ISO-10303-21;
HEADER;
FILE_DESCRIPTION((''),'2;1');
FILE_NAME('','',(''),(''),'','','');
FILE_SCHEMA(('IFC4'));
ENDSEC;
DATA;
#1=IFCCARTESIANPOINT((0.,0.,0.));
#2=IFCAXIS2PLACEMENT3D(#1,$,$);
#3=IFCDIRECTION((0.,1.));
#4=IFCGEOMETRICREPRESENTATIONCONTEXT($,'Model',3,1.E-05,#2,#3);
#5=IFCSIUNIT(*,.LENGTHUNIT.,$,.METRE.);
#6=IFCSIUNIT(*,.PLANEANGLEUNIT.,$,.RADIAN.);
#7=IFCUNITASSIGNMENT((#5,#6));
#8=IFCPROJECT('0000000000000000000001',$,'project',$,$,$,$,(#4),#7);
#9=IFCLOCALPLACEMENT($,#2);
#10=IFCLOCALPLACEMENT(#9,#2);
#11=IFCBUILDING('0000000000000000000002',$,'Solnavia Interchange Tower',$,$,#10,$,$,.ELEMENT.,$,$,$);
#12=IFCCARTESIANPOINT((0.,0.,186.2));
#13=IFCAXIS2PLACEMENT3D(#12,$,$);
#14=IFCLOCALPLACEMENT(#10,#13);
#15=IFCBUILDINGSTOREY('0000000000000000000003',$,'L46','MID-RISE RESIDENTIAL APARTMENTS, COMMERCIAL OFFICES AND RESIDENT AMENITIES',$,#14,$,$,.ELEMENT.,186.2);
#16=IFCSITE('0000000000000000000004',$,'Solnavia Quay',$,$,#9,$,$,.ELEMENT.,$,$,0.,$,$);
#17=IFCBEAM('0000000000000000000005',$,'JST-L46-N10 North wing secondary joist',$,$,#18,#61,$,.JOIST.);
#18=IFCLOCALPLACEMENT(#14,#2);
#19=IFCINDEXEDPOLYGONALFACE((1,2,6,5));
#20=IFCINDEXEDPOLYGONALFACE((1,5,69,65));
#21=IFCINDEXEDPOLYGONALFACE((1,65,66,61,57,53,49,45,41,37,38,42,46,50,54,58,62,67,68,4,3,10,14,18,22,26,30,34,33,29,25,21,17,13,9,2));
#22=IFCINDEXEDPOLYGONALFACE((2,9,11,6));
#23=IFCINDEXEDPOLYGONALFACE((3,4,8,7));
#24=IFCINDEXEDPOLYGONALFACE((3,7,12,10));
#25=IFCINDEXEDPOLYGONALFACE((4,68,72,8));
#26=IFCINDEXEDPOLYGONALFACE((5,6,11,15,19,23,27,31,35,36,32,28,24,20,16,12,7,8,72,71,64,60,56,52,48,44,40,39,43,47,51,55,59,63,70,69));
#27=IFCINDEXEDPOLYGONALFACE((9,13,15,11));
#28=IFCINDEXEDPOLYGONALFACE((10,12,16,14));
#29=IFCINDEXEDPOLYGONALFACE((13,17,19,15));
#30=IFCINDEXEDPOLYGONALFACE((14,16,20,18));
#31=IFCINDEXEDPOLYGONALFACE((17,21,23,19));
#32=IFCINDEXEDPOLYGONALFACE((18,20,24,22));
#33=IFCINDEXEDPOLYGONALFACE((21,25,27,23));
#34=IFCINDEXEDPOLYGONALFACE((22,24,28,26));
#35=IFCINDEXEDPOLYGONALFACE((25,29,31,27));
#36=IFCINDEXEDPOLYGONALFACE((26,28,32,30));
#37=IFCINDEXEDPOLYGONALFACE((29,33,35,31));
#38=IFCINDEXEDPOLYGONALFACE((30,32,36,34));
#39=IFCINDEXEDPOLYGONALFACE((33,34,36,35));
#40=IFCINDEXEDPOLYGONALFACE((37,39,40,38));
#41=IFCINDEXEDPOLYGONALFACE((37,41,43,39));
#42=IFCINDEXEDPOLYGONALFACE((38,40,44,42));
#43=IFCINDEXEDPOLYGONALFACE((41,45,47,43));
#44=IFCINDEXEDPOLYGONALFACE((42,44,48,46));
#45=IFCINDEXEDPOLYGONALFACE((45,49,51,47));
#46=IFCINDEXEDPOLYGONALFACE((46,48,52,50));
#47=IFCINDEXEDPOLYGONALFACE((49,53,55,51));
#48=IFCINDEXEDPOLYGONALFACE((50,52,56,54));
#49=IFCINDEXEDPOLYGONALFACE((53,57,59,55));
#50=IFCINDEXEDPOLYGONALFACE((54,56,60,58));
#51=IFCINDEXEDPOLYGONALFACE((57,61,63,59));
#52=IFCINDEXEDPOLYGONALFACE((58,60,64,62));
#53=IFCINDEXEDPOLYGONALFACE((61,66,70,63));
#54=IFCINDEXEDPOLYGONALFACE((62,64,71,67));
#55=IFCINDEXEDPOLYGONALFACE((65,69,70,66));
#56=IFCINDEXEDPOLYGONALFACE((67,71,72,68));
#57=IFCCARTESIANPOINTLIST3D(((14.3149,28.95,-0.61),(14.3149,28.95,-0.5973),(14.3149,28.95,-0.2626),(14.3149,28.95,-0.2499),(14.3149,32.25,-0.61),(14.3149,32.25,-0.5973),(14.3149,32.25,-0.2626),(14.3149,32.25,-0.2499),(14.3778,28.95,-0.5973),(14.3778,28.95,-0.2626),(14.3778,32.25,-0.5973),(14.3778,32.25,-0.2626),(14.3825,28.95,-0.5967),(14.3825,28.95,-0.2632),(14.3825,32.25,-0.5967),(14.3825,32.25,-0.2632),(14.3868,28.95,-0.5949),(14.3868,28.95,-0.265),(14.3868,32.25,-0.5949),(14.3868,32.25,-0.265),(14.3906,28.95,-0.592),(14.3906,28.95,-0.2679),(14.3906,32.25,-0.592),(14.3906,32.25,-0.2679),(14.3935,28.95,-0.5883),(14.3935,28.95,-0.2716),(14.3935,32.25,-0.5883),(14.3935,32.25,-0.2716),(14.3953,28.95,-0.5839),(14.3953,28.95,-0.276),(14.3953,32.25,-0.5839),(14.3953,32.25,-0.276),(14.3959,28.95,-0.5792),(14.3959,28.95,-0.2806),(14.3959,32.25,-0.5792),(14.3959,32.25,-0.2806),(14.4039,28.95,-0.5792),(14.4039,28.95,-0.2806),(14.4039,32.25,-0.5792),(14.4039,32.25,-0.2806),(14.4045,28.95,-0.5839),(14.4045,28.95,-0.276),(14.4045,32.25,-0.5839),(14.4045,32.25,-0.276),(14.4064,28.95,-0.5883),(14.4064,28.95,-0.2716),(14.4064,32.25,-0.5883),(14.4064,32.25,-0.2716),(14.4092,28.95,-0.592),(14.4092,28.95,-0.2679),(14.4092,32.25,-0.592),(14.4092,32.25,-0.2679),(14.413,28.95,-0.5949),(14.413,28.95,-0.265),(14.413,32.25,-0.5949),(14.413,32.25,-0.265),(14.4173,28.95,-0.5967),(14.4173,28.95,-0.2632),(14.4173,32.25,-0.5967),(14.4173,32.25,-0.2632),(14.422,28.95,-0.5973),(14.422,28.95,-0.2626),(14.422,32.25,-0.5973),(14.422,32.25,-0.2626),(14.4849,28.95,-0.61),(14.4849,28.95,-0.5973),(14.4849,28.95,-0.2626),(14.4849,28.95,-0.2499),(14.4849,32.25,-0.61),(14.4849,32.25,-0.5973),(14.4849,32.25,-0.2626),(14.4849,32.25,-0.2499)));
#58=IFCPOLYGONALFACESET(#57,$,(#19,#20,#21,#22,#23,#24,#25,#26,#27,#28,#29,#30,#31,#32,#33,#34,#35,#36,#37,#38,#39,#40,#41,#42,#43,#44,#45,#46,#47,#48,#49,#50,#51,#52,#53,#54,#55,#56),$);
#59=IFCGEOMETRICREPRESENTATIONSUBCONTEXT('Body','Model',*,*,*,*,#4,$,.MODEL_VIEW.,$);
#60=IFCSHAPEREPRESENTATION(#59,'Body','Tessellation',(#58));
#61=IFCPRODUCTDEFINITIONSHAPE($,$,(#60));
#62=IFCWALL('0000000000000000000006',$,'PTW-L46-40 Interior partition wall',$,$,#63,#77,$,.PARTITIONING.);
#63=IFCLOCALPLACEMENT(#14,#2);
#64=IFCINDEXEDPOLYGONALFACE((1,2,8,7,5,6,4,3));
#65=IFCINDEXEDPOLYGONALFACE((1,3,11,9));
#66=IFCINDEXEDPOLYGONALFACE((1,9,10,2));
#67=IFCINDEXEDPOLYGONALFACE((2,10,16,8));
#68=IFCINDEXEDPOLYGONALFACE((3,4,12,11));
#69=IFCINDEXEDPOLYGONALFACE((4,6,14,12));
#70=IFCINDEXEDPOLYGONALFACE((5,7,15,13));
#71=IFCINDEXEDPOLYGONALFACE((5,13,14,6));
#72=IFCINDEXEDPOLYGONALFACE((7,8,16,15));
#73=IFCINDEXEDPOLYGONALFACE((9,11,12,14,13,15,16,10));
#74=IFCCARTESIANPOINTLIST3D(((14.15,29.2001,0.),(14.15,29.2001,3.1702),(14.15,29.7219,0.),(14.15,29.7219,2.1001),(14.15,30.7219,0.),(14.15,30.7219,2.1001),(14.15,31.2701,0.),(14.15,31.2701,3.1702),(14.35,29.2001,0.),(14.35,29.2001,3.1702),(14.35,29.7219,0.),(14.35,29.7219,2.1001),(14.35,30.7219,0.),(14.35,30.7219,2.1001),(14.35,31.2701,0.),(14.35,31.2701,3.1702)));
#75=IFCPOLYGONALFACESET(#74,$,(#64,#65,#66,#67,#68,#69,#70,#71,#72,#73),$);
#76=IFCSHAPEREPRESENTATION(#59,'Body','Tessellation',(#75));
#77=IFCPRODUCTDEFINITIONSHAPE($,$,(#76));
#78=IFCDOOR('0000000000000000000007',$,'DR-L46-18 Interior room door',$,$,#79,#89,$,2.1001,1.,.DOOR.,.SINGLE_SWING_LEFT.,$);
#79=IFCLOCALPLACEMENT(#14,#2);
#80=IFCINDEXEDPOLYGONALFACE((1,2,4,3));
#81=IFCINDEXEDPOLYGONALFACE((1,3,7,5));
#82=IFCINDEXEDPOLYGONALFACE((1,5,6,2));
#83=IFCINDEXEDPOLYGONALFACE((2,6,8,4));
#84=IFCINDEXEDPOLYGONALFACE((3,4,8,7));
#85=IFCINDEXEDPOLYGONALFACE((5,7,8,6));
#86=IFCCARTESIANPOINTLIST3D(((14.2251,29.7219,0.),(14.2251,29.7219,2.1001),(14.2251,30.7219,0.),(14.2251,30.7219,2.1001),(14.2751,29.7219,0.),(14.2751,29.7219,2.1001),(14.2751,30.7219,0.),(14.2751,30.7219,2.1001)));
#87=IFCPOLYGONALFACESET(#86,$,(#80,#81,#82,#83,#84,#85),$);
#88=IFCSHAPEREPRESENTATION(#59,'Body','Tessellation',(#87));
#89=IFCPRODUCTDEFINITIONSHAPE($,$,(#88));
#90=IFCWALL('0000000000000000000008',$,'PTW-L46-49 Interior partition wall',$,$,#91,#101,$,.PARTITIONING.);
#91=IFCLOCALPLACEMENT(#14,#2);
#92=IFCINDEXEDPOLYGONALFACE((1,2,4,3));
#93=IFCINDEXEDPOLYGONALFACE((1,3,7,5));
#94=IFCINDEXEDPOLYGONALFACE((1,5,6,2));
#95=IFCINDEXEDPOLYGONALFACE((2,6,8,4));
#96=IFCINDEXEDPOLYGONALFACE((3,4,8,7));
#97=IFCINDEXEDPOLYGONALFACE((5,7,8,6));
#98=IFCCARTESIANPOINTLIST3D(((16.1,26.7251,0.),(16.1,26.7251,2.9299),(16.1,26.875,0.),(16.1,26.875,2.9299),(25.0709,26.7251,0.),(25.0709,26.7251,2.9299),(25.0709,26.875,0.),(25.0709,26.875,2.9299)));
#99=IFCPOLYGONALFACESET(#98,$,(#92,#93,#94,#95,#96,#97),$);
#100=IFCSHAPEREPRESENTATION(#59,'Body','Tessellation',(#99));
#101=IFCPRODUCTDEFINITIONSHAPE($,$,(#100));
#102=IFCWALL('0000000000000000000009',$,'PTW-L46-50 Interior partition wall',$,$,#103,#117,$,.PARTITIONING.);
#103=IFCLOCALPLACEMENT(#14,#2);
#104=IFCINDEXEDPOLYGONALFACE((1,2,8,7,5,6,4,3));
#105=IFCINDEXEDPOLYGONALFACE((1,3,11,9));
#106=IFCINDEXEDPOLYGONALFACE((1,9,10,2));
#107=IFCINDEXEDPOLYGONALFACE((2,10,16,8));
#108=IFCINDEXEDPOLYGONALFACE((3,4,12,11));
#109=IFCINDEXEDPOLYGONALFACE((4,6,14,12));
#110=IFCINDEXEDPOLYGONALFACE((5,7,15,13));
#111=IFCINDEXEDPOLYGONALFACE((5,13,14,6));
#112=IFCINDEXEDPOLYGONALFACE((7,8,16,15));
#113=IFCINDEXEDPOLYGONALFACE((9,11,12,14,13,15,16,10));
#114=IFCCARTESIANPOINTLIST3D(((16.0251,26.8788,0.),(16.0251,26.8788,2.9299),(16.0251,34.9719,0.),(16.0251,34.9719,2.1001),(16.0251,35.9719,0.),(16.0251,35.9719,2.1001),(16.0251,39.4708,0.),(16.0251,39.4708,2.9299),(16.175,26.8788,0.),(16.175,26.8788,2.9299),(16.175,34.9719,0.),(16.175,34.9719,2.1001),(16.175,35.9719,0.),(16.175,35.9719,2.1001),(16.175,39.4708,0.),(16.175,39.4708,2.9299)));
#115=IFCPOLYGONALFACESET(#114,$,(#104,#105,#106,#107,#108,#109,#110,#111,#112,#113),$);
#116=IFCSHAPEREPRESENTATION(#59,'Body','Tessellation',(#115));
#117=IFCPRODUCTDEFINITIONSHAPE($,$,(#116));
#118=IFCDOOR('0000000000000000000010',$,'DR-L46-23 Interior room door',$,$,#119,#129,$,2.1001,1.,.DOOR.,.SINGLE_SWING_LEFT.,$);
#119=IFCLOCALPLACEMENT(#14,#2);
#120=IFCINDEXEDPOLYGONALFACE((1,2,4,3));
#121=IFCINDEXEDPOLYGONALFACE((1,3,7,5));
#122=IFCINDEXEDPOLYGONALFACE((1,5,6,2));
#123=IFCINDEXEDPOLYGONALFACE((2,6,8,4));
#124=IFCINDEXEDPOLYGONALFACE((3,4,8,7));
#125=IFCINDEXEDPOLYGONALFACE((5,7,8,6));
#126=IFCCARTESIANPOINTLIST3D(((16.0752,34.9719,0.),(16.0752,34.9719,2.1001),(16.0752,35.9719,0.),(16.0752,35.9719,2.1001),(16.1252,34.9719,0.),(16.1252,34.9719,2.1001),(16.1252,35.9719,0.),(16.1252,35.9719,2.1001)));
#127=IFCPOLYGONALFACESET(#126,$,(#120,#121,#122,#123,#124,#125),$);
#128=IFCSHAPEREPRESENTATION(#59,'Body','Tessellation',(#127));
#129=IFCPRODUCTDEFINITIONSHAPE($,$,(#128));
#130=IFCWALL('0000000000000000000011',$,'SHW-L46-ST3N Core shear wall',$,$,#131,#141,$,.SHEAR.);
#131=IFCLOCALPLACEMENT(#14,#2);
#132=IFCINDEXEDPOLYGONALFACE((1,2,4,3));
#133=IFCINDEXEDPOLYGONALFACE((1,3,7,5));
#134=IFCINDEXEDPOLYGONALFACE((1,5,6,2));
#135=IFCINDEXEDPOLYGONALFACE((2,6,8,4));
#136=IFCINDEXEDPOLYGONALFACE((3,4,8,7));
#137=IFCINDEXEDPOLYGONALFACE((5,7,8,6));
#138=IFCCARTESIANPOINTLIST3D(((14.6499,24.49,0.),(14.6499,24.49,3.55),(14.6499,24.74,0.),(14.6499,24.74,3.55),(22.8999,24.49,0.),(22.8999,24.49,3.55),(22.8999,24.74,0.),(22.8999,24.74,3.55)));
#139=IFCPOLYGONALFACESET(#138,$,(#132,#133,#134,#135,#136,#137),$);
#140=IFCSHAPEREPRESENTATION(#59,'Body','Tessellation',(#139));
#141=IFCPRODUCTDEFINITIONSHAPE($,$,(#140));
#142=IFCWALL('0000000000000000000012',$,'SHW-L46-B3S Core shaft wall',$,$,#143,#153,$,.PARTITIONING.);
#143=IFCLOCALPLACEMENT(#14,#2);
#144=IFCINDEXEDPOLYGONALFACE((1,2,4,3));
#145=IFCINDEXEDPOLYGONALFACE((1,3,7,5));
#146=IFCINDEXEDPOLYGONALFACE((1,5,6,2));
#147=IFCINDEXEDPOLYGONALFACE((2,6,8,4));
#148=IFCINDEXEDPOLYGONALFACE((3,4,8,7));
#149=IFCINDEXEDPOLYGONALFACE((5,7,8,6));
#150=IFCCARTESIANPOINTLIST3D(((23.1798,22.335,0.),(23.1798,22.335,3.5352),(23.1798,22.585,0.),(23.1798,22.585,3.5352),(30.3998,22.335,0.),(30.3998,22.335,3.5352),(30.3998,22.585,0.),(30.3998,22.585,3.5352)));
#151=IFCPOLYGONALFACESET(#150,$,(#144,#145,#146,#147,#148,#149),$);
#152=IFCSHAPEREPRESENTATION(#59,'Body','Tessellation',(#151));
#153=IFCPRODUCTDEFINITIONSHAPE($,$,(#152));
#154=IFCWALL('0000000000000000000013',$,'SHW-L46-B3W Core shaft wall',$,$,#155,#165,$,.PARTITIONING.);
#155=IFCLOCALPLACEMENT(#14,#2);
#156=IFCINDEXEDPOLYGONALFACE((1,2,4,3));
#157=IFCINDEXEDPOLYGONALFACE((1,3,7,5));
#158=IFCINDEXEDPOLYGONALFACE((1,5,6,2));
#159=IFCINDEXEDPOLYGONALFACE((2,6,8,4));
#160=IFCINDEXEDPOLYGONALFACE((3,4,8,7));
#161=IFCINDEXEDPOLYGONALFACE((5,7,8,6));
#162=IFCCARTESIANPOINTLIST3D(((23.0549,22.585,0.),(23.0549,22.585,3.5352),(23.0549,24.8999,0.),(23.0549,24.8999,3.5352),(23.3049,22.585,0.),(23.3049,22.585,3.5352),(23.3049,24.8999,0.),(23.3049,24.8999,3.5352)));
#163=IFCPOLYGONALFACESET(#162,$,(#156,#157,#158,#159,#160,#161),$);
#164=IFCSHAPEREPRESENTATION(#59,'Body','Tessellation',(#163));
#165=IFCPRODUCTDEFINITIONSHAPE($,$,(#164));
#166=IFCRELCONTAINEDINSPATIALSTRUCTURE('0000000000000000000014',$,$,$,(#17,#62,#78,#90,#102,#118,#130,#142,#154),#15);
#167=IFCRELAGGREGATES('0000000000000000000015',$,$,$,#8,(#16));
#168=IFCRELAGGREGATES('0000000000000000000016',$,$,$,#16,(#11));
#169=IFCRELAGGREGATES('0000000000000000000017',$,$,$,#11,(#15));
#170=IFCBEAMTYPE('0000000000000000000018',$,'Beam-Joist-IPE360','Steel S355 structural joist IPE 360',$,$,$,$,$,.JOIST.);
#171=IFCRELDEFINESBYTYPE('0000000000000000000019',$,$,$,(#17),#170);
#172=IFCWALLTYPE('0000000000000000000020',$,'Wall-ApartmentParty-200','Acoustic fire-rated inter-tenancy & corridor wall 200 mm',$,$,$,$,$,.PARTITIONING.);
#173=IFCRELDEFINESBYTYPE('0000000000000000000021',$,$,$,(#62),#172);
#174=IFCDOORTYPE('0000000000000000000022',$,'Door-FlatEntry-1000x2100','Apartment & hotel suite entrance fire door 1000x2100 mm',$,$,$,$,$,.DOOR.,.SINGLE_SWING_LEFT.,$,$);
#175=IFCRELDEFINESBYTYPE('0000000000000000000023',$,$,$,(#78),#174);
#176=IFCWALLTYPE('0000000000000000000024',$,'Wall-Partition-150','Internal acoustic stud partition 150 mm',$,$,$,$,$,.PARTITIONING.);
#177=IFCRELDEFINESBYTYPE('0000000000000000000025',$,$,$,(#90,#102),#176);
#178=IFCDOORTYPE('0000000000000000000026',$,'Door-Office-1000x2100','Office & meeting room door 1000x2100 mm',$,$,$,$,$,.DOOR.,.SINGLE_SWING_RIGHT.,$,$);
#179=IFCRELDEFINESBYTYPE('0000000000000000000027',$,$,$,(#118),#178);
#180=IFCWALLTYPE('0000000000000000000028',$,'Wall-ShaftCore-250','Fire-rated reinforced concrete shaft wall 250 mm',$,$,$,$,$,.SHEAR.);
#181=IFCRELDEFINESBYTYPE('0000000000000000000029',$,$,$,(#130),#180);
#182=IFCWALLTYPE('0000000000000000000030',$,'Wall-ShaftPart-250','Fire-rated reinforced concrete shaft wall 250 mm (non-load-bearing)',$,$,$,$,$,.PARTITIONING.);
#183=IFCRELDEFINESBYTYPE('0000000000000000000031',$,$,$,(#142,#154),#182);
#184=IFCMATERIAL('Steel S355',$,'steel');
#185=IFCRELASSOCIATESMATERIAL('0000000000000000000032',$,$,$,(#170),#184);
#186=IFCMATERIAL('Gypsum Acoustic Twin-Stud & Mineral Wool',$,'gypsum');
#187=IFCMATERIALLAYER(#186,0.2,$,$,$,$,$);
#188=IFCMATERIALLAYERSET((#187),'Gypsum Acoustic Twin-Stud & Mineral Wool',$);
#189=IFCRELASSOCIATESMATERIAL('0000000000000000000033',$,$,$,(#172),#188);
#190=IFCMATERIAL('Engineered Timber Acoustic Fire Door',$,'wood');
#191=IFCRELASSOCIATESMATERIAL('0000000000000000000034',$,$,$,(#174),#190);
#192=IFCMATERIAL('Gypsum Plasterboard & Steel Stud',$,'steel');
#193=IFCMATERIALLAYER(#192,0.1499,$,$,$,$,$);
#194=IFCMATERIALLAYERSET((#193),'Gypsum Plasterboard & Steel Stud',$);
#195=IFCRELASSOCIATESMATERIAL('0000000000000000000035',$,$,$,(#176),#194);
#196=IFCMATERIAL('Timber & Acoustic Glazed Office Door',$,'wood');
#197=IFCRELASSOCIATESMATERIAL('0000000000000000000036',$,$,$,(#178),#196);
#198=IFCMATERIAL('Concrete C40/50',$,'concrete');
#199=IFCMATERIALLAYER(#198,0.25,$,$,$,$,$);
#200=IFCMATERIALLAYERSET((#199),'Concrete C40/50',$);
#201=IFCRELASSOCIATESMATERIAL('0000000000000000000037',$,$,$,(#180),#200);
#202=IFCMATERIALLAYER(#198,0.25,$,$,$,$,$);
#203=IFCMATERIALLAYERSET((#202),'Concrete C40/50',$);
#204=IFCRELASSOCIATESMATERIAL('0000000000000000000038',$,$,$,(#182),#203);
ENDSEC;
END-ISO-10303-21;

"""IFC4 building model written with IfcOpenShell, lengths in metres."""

from ifc_helpers import new_model, si_unit, direction, frame, frame_2d, origin, origin_2d, place, context, subcontext, project, spatial, rectangle, i_section, extrude, material, layer, layer_set, material_profile, profile_set, type_object, element, fill, save


model = new_model("IFC4")

# Units and contexts
model_context = context("Model", 3, precision=1e-05, world=origin(), true_north=direction((0.0, 1.0)))
body_context = subcontext(model_context, "Body", "Model", "MODEL_VIEW")
ifc_project = project(units=[si_unit("LENGTHUNIT", "METRE"), si_unit("PLANEANGLEUNIT", "RADIAN")], contexts=[model_context])

# Site, building, storey
site_placement = place(None, origin())
site = spatial("IfcSite", under=ifc_project, at=site_placement, Name="Solnavia Quay", CompositionType="ELEMENT", RefElevation=0.0)
building_placement = place(site_placement, origin())
building = spatial("IfcBuilding", under=site, at=building_placement, Name="Solnavia Interchange Tower", CompositionType="ELEMENT")
storey_placement = place(building_placement, frame((0.0, 0.0, 186.2)))
storey = spatial("IfcBuildingStorey", under=building, at=storey_placement, Name="L46", Description="MID-RISE RESIDENTIAL APARTMENTS, COMMERCIAL OFFICES AND RESIDENT AMENITIES", CompositionType="ELEMENT", Elevation=186.2)

# Shared definitions
ifc_material_1 = material(Name="Steel S355", Category="steel")

# Beam
ifc_material_profile_1 = material_profile(ifc_material_1, i_section(OverallWidth=0.1699, OverallDepth=0.3601, WebThickness=0.0081, FlangeThickness=0.0127, FilletRadius=0.0181, at=origin_2d()), Name="IPE 360")
ifc_profile_set_1 = profile_set([ifc_material_profile_1], Name="Steel S355")
beam_type_1 = type_object("IfcBeamType", Name="Beam-Joist-IPE360", Description="Steel S355 structural joist IPE 360", PredefinedType="JOIST", material=ifc_profile_set_1)
beam_1_placement = place(storey_placement, frame((14.3999, 28.95, -0.4299), z_axis=(0.0, 1.0, 0.0), x_axis=(-1.0, 0.0, 0.0)))
element("IfcBeam", 1, at=beam_1_placement, inside=storey, type_object=beam_type_1, Name="JST-L46-N10 North wing secondary joist", PredefinedType="JOIST", context=body_context, shape_type="SweptSolid", body=[
    extrude(i_section(OverallWidth=0.1699, OverallDepth=0.3601, WebThickness=0.0081, FlangeThickness=0.0127, FilletRadius=0.0181, at=origin_2d()), origin(), (0.0, 0.0, 1.0), 3.3),
])

# Wall, opening, door
ifc_material_2 = material(Name="Gypsum Acoustic Twin-Stud & Mineral Wool", Category="gypsum")
ifc_layer_1 = layer(ifc_material_2, 0.2)
ifc_layer_set_1 = layer_set([ifc_layer_1], Name="Gypsum Acoustic Twin-Stud & Mineral Wool")
wall_type_1 = type_object("IfcWallType", Name="Wall-ApartmentParty-200", Description="Acoustic fire-rated inter-tenancy & corridor wall 200 mm", PredefinedType="PARTITIONING", material=ifc_layer_set_1)
wall_1_placement = place(storey_placement, frame((14.25, 29.2, 0.0), z_axis=(0.0, 0.0, 1.0), x_axis=(0.0, 1.0, 0.0)))
wall_1 = element("IfcWall", 2, at=wall_1_placement, inside=storey, type_object=wall_type_1, Name="PTW-L46-40 Interior partition wall", PredefinedType="PARTITIONING", context=body_context, shape_type="SweptSolid", body=[
    extrude(rectangle(XDim=2.0701, YDim=0.2, at=frame_2d((1.0352, 0.0))), origin(), (0.0, 0.0, 1.0), 3.1702),
])
opening_1_placement = place(wall_1_placement, frame((0.522, 0.0, 0.0)))
opening_1 = element("IfcOpeningElement", 3, at=opening_1_placement, cuts=wall_1, PredefinedType="OPENING", context=body_context, shape_type="SweptSolid", body=[
    extrude(rectangle(XDim=1.0, YDim=2.1001, at=frame_2d((0.5, 1.05))), frame((0.0, 0.1099, 0.0), z_axis=(0.0, -1.0, 0.0), x_axis=(1.0, 0.0, 0.0)), (0.0, 0.0, 1.0), 0.22),
])
ifc_material_3 = material(Name="Engineered Timber Acoustic Fire Door", Category="wood")
door_type_1 = type_object("IfcDoorType", Name="Door-FlatEntry-1000x2100", Description="Apartment & hotel suite entrance fire door 1000x2100 mm", OperationType="SINGLE_SWING_LEFT", PredefinedType="DOOR", material=ifc_material_3)
door_1_placement = place(opening_1_placement, origin())
door_1 = element("IfcDoor", 4, at=door_1_placement, inside=storey, type_object=door_type_1, Name="DR-L46-18 Interior room door", OperationType="SINGLE_SWING_LEFT", OverallHeight=2.1001, OverallWidth=1.0, PredefinedType="DOOR", context=body_context, shape_type="SweptSolid", body=[
    extrude(rectangle(XDim=1.0, YDim=2.1001, at=frame_2d((0.5, 1.05))), frame((0.0, 0.0249, 0.0), z_axis=(0.0, -1.0, 0.0), x_axis=(1.0, 0.0, 0.0)), (0.0, 0.0, 1.0), 0.05),
])
fill(opening_1, door_1)

# Wall
ifc_material_4 = material(Name="Gypsum Plasterboard & Steel Stud", Category="steel")
ifc_layer_2 = layer(ifc_material_4, 0.1499)
ifc_layer_set_2 = layer_set([ifc_layer_2], Name="Gypsum Plasterboard & Steel Stud")
wall_type_2 = type_object("IfcWallType", Name="Wall-Partition-150", Description="Internal acoustic stud partition 150 mm", PredefinedType="PARTITIONING", material=ifc_layer_set_2)
wall_2_placement = place(storey_placement, frame((16.1001, 26.8, 0.0), z_axis=(0.0, 0.0, 1.0), x_axis=(1.0, 0.0, 0.0)))
element("IfcWall", 5, at=wall_2_placement, inside=storey, type_object=wall_type_2, Name="PTW-L46-49 Interior partition wall", PredefinedType="PARTITIONING", context=body_context, shape_type="SweptSolid", body=[
    extrude(rectangle(XDim=8.9709, YDim=0.1499, at=frame_2d((4.4854, 0.0))), origin(), (0.0, 0.0, 1.0), 2.9299),
])

# Wall, opening, door
wall_3_placement = place(storey_placement, frame((16.1001, 26.8789, 0.0), z_axis=(0.0, 0.0, 1.0), x_axis=(0.0, 1.0, 0.0)))
wall_3 = element("IfcWall", 6, at=wall_3_placement, inside=storey, type_object=wall_type_2, Name="PTW-L46-50 Interior partition wall", PredefinedType="PARTITIONING", context=body_context, shape_type="SweptSolid", body=[
    extrude(rectangle(XDim=12.592, YDim=0.1499, at=frame_2d((6.2959, 0.0))), origin(), (0.0, 0.0, 1.0), 2.9299),
])
opening_2_placement = place(wall_3_placement, frame((8.093, 0.0, 0.0)))
opening_2 = element("IfcOpeningElement", 7, at=opening_2_placement, cuts=wall_3, PredefinedType="OPENING", context=body_context, shape_type="SweptSolid", body=[
    extrude(rectangle(XDim=1.0, YDim=2.1001, at=frame_2d((0.5, 1.05))), frame((0.0, 0.085, 0.0), z_axis=(0.0, -1.0, 0.0), x_axis=(1.0, 0.0, 0.0)), (0.0, 0.0, 1.0), 0.1699),
])
ifc_material_5 = material(Name="Timber & Acoustic Glazed Office Door", Category="wood")
door_type_2 = type_object("IfcDoorType", Name="Door-Office-1000x2100", Description="Office & meeting room door 1000x2100 mm", OperationType="SINGLE_SWING_RIGHT", PredefinedType="DOOR", material=ifc_material_5)
door_2_placement = place(opening_2_placement, origin())
door_2 = element("IfcDoor", 8, at=door_2_placement, inside=storey, type_object=door_type_2, Name="DR-L46-23 Interior room door", OperationType="SINGLE_SWING_LEFT", OverallHeight=2.1001, OverallWidth=1.0, PredefinedType="DOOR", context=body_context, shape_type="SweptSolid", body=[
    extrude(rectangle(XDim=1.0, YDim=2.1001, at=frame_2d((0.5, 1.05))), frame((0.0, 0.0249, 0.0), z_axis=(0.0, -1.0, 0.0), x_axis=(1.0, 0.0, 0.0)), (0.0, 0.0, 1.0), 0.05),
])
fill(opening_2, door_2)

# Walls
ifc_material_6 = material(Name="Concrete C40/50", Category="concrete")
ifc_layer_3 = layer(ifc_material_6, 0.25)
ifc_layer_set_3 = layer_set([ifc_layer_3], Name="Concrete C40/50")
wall_type_3 = type_object("IfcWallType", Name="Wall-ShaftCore-250", Description="Fire-rated reinforced concrete shaft wall 250 mm", PredefinedType="SHEAR", material=ifc_layer_set_3)
wall_4_placement = place(storey_placement, frame((14.6499, 24.615, 0.0), z_axis=(0.0, 0.0, 1.0), x_axis=(1.0, 0.0, 0.0)))
element("IfcWall", 9, at=wall_4_placement, inside=storey, type_object=wall_type_3, Name="SHW-L46-ST3N Core shear wall", PredefinedType="SHEAR", context=body_context, shape_type="SweptSolid", body=[
    extrude(rectangle(XDim=8.25, YDim=0.25, at=frame_2d((4.125, 0.0))), origin(), (0.0, 0.0, 1.0), 3.55),
])
ifc_layer_4 = layer(ifc_material_6, 0.25)
ifc_layer_set_4 = layer_set([ifc_layer_4], Name="Concrete C40/50")
wall_type_4 = type_object("IfcWallType", Name="Wall-ShaftPart-250", Description="Fire-rated reinforced concrete shaft wall 250 mm (non-load-bearing)", PredefinedType="PARTITIONING", material=ifc_layer_set_4)
wall_5_placement = place(storey_placement, frame((23.1799, 22.46, 0.0), z_axis=(0.0, 0.0, 1.0), x_axis=(1.0, 0.0, 0.0)))
element("IfcWall", 10, at=wall_5_placement, inside=storey, type_object=wall_type_4, Name="SHW-L46-B3S Core shaft wall", PredefinedType="PARTITIONING", context=body_context, shape_type="SweptSolid", body=[
    extrude(rectangle(XDim=7.22, YDim=0.25, at=frame_2d((3.6099, 0.0))), origin(), (0.0, 0.0, 1.0), 3.5352),
])
wall_6_placement = place(storey_placement, frame((23.1799, 22.585, 0.0), z_axis=(0.0, 0.0, 1.0), x_axis=(0.0, 1.0, 0.0)))
element("IfcWall", 11, at=wall_6_placement, inside=storey, type_object=wall_type_4, Name="SHW-L46-B3W Core shaft wall", PredefinedType="PARTITIONING", context=body_context, shape_type="SweptSolid", body=[
    extrude(rectangle(XDim=2.3149, YDim=0.25, at=frame_2d((1.1575, 0.0))), origin(), (0.0, 0.0, 1.0), 3.5352),
])

save(model, "model.ifc")
